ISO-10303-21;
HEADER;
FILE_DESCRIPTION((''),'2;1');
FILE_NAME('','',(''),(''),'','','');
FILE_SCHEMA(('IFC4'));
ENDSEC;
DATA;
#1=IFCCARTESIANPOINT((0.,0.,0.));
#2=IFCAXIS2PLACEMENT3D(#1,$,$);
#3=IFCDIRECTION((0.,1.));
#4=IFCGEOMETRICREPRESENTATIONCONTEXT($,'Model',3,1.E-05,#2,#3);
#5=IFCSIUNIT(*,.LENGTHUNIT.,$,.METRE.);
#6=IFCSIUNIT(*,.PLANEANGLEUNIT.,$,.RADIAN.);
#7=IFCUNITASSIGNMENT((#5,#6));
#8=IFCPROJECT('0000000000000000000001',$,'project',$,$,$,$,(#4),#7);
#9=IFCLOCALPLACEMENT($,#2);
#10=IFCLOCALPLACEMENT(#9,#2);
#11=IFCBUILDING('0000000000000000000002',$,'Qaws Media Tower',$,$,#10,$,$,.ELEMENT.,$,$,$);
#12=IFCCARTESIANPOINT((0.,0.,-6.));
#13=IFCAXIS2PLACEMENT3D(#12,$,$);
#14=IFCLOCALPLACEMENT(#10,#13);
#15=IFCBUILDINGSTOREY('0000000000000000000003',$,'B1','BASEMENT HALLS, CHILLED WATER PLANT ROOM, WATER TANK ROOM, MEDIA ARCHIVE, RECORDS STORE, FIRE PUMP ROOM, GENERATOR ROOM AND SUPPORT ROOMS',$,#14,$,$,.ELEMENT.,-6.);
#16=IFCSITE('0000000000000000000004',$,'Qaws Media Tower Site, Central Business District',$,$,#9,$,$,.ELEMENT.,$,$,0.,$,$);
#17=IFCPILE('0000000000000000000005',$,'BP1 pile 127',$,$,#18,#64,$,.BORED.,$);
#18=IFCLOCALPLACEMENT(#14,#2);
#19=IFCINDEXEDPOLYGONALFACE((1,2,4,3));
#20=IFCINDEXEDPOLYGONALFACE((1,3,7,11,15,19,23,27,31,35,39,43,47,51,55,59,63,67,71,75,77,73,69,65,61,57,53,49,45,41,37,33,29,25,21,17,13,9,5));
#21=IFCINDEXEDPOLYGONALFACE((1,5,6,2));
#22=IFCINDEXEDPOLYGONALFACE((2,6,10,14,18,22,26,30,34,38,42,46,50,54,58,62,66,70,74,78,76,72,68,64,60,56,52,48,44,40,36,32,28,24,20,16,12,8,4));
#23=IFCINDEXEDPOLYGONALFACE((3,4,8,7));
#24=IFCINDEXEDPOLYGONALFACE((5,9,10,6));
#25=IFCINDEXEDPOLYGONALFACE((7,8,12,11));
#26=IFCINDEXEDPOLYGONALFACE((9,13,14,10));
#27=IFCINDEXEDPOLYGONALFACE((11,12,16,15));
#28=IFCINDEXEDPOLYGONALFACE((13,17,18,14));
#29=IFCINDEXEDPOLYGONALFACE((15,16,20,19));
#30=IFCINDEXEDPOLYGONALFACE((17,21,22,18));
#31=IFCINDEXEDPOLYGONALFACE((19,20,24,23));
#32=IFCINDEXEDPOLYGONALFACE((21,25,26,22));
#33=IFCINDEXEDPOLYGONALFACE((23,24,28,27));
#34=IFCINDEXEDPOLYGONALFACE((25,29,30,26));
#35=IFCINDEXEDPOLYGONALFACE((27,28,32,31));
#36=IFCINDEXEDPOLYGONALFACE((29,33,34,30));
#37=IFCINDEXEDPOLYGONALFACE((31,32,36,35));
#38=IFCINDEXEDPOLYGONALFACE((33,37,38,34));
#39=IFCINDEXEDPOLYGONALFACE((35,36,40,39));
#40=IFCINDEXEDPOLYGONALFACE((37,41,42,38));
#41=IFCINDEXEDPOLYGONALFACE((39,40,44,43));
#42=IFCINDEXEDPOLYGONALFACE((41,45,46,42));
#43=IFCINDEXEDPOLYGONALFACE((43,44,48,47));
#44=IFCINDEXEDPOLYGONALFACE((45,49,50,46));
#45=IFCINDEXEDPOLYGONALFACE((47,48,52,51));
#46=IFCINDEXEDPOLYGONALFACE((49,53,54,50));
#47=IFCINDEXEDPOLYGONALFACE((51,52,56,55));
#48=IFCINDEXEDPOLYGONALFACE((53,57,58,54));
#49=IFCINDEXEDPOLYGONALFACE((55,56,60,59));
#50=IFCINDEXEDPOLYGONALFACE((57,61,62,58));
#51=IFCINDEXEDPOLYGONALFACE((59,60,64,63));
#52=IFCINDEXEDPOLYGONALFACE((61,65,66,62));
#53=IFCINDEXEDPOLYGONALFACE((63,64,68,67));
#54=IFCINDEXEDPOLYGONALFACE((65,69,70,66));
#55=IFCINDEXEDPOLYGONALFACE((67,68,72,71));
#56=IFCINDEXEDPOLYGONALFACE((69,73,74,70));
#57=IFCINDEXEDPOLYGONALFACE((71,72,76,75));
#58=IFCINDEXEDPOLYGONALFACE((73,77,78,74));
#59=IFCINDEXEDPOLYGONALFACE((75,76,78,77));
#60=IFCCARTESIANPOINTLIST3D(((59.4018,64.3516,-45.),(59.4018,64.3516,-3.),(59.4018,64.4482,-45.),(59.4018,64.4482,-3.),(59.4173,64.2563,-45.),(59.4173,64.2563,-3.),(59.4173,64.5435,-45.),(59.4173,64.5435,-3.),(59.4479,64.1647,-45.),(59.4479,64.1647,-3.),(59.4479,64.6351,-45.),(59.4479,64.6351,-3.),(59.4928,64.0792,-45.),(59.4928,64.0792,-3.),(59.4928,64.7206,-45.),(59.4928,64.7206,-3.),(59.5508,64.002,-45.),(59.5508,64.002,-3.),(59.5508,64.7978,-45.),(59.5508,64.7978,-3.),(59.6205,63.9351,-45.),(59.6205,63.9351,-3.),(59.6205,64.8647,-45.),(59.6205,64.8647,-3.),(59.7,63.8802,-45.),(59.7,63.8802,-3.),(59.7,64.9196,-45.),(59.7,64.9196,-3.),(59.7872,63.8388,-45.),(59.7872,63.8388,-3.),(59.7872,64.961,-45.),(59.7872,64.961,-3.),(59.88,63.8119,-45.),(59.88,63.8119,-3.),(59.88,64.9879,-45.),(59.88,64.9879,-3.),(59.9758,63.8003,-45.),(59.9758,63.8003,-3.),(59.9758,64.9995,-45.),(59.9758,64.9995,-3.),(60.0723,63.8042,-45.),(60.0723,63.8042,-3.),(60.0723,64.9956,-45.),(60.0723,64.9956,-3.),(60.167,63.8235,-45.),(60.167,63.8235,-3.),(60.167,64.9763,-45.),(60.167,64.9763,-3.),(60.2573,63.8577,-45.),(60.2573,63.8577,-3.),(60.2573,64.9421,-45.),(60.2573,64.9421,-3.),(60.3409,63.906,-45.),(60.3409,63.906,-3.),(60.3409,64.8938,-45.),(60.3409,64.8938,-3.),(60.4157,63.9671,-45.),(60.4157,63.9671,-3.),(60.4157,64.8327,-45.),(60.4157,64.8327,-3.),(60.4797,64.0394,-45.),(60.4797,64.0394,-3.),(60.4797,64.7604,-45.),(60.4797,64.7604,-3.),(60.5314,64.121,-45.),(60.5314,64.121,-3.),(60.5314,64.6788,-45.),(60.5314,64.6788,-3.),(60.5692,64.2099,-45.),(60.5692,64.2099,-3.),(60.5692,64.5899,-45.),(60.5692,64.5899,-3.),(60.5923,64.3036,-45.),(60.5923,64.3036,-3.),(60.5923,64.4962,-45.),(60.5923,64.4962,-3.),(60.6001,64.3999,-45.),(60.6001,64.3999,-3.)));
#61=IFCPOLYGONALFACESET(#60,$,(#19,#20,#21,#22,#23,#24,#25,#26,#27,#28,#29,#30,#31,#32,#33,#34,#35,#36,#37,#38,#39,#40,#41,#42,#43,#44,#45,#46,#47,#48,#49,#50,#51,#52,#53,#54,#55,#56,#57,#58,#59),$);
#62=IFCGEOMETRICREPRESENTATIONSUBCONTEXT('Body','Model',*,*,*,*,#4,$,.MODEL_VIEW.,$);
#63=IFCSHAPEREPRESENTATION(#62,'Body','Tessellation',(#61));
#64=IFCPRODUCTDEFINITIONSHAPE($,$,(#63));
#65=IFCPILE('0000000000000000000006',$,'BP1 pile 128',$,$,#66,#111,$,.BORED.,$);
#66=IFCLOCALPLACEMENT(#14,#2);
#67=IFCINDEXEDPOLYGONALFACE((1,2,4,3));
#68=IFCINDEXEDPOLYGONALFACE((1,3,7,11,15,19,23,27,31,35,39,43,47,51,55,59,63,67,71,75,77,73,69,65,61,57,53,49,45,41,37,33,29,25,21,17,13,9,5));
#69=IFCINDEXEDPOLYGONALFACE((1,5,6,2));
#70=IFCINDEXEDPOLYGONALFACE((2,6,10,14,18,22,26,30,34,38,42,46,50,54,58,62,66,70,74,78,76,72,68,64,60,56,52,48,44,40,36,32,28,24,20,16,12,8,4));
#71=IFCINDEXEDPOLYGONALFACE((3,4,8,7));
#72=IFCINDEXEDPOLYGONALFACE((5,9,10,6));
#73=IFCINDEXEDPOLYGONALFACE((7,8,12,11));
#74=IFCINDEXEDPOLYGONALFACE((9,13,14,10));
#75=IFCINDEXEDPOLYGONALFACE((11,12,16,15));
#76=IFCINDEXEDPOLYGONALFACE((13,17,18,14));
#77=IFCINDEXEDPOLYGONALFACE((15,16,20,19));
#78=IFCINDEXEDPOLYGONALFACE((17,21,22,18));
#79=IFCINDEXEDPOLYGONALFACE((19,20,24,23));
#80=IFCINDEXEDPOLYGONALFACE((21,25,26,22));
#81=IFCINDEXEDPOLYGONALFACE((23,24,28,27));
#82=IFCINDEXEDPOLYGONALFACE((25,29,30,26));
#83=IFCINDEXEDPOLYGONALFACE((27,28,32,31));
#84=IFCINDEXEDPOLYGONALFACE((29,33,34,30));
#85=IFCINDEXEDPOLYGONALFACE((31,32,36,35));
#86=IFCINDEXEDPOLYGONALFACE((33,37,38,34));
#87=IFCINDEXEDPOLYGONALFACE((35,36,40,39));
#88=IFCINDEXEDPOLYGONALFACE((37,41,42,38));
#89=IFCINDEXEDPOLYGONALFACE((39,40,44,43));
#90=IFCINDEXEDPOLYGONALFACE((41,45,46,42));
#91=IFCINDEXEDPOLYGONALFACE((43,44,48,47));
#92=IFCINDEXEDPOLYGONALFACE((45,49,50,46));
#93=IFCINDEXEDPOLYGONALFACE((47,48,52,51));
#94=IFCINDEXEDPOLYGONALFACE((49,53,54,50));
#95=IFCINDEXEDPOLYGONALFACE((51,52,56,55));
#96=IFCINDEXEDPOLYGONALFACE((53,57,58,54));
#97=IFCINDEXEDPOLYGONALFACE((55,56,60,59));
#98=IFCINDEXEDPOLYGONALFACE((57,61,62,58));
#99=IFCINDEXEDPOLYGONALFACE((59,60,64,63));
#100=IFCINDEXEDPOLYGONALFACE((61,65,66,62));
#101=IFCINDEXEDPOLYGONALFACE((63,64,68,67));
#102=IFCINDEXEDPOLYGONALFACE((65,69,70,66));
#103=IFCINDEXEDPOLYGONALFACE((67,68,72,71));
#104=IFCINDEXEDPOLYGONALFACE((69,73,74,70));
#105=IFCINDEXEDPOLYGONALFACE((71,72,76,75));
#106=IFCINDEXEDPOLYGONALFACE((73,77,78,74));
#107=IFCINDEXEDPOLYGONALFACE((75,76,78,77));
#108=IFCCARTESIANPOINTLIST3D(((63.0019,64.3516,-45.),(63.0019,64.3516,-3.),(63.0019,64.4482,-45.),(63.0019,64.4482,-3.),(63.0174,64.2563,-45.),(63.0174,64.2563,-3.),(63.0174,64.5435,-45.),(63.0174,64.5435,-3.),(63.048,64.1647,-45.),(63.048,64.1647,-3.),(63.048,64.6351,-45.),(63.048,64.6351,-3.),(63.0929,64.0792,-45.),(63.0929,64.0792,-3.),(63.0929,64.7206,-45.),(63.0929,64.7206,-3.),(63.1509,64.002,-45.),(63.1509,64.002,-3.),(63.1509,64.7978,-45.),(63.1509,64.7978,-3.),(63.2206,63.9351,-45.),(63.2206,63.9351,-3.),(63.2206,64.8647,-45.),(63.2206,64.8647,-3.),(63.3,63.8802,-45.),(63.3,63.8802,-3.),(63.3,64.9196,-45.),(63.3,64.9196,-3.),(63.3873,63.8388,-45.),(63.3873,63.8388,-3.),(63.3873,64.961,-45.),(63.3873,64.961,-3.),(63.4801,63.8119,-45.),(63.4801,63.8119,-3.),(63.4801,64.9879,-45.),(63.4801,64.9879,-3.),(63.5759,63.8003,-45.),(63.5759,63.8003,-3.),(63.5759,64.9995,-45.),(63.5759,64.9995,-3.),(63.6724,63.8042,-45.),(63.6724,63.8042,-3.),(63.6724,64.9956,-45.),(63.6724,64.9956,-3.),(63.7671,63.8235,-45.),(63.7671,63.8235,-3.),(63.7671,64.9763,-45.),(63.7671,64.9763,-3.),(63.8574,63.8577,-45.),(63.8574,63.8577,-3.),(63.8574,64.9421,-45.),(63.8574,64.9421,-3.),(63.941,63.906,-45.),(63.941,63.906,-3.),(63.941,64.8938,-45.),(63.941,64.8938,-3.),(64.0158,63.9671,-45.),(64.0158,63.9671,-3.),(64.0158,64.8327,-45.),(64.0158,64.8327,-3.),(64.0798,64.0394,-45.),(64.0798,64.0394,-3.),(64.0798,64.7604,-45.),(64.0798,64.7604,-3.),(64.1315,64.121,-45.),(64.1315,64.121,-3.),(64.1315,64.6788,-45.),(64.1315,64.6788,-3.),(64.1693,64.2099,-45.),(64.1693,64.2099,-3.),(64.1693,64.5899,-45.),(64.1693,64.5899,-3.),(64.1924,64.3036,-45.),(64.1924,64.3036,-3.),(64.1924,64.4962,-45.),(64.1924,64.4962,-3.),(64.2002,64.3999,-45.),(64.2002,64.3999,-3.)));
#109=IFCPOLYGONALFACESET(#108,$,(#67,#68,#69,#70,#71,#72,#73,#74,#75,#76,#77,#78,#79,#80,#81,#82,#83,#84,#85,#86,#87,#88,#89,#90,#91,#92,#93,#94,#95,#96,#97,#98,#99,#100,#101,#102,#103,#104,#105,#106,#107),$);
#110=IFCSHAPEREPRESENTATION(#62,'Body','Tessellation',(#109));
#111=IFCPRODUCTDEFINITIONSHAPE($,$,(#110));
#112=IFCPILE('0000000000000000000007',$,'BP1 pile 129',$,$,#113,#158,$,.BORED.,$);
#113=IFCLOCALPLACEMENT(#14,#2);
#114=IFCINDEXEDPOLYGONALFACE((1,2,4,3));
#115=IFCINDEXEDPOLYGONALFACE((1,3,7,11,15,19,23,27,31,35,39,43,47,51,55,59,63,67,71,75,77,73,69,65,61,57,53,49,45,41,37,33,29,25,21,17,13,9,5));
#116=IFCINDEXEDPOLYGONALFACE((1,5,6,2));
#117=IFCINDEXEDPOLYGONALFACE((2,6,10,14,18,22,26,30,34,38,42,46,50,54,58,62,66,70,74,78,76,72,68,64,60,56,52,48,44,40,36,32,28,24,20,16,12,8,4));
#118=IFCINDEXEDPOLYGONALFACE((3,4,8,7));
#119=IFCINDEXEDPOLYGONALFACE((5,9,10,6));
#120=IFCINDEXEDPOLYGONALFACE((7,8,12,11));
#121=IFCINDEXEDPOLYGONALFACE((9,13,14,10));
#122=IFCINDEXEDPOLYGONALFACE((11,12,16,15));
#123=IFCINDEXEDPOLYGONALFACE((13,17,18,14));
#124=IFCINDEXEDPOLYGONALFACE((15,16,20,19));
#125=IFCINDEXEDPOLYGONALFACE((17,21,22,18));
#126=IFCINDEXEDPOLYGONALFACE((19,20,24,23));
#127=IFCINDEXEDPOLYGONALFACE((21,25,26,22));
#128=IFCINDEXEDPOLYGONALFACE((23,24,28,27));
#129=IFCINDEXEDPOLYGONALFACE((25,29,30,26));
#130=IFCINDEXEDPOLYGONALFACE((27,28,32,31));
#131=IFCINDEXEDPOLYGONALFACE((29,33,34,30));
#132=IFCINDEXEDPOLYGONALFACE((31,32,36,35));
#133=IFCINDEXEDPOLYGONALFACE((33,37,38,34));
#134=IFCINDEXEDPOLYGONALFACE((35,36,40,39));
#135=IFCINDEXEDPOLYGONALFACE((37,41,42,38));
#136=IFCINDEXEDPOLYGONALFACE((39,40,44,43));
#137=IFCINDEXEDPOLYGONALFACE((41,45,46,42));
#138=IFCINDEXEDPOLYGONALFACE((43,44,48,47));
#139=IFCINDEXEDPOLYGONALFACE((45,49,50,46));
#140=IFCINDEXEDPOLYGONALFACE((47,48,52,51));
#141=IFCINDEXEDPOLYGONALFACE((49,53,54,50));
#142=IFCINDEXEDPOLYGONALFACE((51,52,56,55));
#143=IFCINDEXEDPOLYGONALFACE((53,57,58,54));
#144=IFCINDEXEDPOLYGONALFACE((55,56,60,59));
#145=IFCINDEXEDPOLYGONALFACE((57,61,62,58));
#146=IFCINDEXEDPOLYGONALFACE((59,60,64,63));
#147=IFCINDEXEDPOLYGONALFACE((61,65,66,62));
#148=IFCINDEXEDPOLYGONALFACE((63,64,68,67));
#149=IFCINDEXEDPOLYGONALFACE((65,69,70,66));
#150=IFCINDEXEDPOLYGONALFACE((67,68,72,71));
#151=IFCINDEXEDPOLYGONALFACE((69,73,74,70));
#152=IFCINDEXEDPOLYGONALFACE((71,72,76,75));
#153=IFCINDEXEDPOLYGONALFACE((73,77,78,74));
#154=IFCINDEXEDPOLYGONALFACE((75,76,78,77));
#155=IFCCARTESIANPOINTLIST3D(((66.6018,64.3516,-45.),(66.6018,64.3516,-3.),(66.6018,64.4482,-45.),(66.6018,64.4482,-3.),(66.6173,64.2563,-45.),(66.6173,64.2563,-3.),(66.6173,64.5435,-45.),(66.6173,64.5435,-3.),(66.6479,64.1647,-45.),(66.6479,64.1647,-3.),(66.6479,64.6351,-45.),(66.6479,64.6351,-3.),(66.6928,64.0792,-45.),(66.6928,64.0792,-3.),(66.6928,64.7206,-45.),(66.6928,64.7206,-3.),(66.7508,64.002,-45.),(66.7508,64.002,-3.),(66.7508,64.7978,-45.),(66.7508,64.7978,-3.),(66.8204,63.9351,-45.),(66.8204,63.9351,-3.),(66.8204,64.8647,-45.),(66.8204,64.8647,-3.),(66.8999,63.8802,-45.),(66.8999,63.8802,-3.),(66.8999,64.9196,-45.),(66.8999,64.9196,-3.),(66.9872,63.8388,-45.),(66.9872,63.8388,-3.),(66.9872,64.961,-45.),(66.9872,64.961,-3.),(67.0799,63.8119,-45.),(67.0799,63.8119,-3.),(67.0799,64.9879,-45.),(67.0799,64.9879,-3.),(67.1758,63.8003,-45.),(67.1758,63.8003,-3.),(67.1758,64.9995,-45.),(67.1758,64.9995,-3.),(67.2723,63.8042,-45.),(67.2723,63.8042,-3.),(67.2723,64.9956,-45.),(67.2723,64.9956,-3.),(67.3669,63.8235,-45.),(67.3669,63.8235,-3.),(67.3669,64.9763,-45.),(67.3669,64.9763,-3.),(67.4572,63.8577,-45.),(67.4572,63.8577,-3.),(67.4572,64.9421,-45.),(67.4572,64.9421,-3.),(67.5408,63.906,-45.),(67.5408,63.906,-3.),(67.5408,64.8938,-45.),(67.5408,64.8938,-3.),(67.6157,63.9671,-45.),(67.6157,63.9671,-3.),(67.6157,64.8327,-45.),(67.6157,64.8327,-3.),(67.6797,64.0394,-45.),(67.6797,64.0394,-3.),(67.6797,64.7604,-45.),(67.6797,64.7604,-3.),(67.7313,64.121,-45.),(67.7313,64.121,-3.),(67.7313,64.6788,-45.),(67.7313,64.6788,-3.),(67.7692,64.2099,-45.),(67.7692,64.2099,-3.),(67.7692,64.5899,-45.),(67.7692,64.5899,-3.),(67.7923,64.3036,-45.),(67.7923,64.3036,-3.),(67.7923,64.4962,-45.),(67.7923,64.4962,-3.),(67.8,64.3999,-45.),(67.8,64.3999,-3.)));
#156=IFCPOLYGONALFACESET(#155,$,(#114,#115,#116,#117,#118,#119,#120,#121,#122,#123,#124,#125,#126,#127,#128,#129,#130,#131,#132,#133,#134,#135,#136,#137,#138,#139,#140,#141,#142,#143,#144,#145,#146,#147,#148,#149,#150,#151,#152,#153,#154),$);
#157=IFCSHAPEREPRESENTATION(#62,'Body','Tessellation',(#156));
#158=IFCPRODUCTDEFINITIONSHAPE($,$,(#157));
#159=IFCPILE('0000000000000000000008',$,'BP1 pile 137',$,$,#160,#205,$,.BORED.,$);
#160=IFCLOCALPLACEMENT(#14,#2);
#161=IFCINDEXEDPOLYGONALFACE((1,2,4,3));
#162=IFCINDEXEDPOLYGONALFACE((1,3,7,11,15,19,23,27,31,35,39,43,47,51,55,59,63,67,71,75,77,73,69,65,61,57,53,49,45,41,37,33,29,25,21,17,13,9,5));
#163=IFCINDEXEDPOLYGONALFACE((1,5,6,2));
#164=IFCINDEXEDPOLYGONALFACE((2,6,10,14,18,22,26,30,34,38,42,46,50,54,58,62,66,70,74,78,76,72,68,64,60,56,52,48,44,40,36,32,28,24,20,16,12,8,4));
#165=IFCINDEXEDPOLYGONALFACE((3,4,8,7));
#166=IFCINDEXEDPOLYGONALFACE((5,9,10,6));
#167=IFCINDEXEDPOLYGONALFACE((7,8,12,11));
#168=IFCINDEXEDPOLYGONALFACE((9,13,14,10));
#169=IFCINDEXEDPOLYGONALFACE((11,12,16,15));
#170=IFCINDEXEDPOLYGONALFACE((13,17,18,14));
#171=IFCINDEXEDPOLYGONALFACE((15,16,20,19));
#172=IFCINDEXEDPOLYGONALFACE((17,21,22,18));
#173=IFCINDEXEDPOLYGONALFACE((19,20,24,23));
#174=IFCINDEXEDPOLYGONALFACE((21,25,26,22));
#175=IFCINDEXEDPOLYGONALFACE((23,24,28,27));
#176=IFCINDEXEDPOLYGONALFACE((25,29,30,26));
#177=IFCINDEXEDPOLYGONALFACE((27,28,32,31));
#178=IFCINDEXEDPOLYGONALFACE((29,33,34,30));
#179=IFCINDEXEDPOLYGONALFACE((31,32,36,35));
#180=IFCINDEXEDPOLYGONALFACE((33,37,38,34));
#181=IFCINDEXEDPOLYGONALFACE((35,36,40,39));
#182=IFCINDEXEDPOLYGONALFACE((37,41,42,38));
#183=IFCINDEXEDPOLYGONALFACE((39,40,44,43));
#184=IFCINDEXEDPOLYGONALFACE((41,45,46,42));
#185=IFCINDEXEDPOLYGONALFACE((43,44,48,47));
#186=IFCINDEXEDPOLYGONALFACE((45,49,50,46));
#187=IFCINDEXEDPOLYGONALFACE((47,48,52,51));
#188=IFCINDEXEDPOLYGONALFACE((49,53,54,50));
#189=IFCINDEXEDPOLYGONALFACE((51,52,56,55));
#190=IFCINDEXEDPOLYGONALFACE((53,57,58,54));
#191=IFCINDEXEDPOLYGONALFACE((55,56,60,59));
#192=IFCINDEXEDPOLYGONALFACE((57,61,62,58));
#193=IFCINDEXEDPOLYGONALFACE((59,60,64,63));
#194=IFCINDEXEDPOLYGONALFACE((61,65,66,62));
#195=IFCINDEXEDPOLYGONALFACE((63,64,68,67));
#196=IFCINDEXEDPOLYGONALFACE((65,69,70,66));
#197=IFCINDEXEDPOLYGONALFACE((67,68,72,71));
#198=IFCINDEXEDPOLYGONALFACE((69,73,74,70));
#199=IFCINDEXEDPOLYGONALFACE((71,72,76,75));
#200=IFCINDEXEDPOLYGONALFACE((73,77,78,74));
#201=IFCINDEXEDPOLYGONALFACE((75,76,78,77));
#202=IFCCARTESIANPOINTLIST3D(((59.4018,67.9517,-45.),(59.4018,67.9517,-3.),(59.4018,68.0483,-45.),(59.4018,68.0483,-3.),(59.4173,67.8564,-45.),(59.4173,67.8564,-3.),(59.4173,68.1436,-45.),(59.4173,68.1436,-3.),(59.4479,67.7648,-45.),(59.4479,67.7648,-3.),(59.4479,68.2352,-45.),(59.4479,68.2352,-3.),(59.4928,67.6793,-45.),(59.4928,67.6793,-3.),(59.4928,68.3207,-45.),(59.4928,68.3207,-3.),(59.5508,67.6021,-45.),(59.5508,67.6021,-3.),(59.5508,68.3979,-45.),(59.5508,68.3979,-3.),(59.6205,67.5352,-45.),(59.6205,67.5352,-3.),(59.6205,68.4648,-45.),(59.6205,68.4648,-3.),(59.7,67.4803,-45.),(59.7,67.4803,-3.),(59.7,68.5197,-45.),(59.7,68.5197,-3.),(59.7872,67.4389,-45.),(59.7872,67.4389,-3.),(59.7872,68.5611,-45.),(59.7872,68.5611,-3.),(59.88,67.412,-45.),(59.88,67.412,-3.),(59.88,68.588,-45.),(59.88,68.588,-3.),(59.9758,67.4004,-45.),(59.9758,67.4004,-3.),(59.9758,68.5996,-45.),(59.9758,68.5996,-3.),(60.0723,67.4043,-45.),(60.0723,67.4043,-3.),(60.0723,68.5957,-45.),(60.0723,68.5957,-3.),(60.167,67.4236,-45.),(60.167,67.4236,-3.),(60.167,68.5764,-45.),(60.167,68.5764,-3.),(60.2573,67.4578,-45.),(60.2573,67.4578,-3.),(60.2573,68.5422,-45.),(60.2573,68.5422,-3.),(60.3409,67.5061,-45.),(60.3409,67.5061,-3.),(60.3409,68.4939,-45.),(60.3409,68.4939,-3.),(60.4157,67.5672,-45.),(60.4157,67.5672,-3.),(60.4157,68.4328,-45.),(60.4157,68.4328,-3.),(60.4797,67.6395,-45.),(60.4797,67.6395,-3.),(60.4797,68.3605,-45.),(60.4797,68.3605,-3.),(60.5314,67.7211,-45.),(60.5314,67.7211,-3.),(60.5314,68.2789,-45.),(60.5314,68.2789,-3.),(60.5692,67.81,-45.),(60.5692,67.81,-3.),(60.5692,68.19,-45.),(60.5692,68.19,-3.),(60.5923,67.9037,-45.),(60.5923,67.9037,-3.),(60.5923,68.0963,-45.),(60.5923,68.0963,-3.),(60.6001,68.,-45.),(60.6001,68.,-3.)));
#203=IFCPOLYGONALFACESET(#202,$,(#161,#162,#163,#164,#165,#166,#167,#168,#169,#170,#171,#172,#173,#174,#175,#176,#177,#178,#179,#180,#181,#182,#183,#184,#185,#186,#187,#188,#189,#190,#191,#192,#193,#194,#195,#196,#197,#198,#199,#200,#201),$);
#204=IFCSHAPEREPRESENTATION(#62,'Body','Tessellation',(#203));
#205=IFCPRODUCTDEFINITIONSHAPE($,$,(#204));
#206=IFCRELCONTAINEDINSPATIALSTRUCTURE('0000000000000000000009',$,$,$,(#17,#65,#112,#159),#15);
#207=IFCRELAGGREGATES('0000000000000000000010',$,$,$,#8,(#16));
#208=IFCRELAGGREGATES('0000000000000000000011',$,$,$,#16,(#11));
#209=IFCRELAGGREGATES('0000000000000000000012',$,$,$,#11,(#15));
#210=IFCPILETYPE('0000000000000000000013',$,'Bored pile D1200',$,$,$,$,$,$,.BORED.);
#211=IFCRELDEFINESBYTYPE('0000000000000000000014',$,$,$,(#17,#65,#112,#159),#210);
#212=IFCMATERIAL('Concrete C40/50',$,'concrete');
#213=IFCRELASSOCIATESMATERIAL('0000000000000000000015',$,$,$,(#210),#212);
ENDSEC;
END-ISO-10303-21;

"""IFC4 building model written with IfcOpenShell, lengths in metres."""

from ifc_helpers import new_model, si_unit, direction, frame, origin, origin_2d, place, context, subcontext, project, spatial, circle, extrude, material, material_profile, profile_set, type_object, element, save


model = new_model("IFC4")

# Units and contexts
model_context = context("Model", 3, precision=1e-05, world=origin(), true_north=direction((0.0, 1.0)))
body_context = subcontext(model_context, "Body", "Model", "MODEL_VIEW")
ifc_project = project(units=[si_unit("LENGTHUNIT", "METRE"), si_unit("PLANEANGLEUNIT", "RADIAN")], contexts=[model_context])

# Site, building, storey
site_placement = place(None, origin())
site = spatial("IfcSite", under=ifc_project, at=site_placement, Name="Qaws Media Tower Site, Central Business District", CompositionType="ELEMENT", RefElevation=0.0)
building_placement = place(site_placement, origin())
building = spatial("IfcBuilding", under=site, at=building_placement, Name="Qaws Media Tower", CompositionType="ELEMENT")
storey_placement = place(building_placement, frame((0.0, 0.0, -6.0)))
storey = spatial("IfcBuildingStorey", under=building, at=storey_placement, Name="B1", Description="BASEMENT HALLS, CHILLED WATER PLANT ROOM, WATER TANK ROOM, MEDIA ARCHIVE, RECORDS STORE, FIRE PUMP ROOM, GENERATOR ROOM AND SUPPORT ROOMS", CompositionType="ELEMENT", Elevation=-6.0)

# Piles
ifc_material_1 = material(Name="Concrete C40/50", Category="concrete")
ifc_material_profile_1 = material_profile(ifc_material_1, circle(Radius=0.6001, at=origin_2d()), Name="D1200")
ifc_profile_set_1 = profile_set([ifc_material_profile_1], Name="Concrete C40/50")
pile_type_1 = type_object("IfcPileType", Name="Bored pile D1200", PredefinedType="BORED", material=ifc_profile_set_1)
for number, where, z_axis, x_axis, name in (
    (1, (60.0, 64.3999, -3.0), (0.0, 0.0, -1.0), (1.0, 0.0, 0.0), "BP1 pile 127"),
    (2, (63.6001, 64.3999, -3.0), (0.0, 0.0, -1.0), (1.0, 0.0, 0.0), "BP1 pile 128"),
    (3, (67.2, 64.3999, -3.0), (0.0, 0.0, -1.0), (1.0, 0.0, 0.0), "BP1 pile 129"),
    (4, (60.0, 68.0, -3.0), (0.0, 0.0, -1.0), (1.0, 0.0, 0.0), "BP1 pile 137"),
):
    element("IfcPile", number, at=place(storey_placement, frame(where, z_axis=z_axis, x_axis=x_axis)), inside=storey, type_object=pile_type_1, Name=name, PredefinedType="BORED", context=body_context, shape_type="SweptSolid", body=[
        extrude(circle(Radius=0.6001, at=origin_2d()), origin(), (0.0, 0.0, 1.0), 42.0),
    ])

save(model, "model.ifc")
